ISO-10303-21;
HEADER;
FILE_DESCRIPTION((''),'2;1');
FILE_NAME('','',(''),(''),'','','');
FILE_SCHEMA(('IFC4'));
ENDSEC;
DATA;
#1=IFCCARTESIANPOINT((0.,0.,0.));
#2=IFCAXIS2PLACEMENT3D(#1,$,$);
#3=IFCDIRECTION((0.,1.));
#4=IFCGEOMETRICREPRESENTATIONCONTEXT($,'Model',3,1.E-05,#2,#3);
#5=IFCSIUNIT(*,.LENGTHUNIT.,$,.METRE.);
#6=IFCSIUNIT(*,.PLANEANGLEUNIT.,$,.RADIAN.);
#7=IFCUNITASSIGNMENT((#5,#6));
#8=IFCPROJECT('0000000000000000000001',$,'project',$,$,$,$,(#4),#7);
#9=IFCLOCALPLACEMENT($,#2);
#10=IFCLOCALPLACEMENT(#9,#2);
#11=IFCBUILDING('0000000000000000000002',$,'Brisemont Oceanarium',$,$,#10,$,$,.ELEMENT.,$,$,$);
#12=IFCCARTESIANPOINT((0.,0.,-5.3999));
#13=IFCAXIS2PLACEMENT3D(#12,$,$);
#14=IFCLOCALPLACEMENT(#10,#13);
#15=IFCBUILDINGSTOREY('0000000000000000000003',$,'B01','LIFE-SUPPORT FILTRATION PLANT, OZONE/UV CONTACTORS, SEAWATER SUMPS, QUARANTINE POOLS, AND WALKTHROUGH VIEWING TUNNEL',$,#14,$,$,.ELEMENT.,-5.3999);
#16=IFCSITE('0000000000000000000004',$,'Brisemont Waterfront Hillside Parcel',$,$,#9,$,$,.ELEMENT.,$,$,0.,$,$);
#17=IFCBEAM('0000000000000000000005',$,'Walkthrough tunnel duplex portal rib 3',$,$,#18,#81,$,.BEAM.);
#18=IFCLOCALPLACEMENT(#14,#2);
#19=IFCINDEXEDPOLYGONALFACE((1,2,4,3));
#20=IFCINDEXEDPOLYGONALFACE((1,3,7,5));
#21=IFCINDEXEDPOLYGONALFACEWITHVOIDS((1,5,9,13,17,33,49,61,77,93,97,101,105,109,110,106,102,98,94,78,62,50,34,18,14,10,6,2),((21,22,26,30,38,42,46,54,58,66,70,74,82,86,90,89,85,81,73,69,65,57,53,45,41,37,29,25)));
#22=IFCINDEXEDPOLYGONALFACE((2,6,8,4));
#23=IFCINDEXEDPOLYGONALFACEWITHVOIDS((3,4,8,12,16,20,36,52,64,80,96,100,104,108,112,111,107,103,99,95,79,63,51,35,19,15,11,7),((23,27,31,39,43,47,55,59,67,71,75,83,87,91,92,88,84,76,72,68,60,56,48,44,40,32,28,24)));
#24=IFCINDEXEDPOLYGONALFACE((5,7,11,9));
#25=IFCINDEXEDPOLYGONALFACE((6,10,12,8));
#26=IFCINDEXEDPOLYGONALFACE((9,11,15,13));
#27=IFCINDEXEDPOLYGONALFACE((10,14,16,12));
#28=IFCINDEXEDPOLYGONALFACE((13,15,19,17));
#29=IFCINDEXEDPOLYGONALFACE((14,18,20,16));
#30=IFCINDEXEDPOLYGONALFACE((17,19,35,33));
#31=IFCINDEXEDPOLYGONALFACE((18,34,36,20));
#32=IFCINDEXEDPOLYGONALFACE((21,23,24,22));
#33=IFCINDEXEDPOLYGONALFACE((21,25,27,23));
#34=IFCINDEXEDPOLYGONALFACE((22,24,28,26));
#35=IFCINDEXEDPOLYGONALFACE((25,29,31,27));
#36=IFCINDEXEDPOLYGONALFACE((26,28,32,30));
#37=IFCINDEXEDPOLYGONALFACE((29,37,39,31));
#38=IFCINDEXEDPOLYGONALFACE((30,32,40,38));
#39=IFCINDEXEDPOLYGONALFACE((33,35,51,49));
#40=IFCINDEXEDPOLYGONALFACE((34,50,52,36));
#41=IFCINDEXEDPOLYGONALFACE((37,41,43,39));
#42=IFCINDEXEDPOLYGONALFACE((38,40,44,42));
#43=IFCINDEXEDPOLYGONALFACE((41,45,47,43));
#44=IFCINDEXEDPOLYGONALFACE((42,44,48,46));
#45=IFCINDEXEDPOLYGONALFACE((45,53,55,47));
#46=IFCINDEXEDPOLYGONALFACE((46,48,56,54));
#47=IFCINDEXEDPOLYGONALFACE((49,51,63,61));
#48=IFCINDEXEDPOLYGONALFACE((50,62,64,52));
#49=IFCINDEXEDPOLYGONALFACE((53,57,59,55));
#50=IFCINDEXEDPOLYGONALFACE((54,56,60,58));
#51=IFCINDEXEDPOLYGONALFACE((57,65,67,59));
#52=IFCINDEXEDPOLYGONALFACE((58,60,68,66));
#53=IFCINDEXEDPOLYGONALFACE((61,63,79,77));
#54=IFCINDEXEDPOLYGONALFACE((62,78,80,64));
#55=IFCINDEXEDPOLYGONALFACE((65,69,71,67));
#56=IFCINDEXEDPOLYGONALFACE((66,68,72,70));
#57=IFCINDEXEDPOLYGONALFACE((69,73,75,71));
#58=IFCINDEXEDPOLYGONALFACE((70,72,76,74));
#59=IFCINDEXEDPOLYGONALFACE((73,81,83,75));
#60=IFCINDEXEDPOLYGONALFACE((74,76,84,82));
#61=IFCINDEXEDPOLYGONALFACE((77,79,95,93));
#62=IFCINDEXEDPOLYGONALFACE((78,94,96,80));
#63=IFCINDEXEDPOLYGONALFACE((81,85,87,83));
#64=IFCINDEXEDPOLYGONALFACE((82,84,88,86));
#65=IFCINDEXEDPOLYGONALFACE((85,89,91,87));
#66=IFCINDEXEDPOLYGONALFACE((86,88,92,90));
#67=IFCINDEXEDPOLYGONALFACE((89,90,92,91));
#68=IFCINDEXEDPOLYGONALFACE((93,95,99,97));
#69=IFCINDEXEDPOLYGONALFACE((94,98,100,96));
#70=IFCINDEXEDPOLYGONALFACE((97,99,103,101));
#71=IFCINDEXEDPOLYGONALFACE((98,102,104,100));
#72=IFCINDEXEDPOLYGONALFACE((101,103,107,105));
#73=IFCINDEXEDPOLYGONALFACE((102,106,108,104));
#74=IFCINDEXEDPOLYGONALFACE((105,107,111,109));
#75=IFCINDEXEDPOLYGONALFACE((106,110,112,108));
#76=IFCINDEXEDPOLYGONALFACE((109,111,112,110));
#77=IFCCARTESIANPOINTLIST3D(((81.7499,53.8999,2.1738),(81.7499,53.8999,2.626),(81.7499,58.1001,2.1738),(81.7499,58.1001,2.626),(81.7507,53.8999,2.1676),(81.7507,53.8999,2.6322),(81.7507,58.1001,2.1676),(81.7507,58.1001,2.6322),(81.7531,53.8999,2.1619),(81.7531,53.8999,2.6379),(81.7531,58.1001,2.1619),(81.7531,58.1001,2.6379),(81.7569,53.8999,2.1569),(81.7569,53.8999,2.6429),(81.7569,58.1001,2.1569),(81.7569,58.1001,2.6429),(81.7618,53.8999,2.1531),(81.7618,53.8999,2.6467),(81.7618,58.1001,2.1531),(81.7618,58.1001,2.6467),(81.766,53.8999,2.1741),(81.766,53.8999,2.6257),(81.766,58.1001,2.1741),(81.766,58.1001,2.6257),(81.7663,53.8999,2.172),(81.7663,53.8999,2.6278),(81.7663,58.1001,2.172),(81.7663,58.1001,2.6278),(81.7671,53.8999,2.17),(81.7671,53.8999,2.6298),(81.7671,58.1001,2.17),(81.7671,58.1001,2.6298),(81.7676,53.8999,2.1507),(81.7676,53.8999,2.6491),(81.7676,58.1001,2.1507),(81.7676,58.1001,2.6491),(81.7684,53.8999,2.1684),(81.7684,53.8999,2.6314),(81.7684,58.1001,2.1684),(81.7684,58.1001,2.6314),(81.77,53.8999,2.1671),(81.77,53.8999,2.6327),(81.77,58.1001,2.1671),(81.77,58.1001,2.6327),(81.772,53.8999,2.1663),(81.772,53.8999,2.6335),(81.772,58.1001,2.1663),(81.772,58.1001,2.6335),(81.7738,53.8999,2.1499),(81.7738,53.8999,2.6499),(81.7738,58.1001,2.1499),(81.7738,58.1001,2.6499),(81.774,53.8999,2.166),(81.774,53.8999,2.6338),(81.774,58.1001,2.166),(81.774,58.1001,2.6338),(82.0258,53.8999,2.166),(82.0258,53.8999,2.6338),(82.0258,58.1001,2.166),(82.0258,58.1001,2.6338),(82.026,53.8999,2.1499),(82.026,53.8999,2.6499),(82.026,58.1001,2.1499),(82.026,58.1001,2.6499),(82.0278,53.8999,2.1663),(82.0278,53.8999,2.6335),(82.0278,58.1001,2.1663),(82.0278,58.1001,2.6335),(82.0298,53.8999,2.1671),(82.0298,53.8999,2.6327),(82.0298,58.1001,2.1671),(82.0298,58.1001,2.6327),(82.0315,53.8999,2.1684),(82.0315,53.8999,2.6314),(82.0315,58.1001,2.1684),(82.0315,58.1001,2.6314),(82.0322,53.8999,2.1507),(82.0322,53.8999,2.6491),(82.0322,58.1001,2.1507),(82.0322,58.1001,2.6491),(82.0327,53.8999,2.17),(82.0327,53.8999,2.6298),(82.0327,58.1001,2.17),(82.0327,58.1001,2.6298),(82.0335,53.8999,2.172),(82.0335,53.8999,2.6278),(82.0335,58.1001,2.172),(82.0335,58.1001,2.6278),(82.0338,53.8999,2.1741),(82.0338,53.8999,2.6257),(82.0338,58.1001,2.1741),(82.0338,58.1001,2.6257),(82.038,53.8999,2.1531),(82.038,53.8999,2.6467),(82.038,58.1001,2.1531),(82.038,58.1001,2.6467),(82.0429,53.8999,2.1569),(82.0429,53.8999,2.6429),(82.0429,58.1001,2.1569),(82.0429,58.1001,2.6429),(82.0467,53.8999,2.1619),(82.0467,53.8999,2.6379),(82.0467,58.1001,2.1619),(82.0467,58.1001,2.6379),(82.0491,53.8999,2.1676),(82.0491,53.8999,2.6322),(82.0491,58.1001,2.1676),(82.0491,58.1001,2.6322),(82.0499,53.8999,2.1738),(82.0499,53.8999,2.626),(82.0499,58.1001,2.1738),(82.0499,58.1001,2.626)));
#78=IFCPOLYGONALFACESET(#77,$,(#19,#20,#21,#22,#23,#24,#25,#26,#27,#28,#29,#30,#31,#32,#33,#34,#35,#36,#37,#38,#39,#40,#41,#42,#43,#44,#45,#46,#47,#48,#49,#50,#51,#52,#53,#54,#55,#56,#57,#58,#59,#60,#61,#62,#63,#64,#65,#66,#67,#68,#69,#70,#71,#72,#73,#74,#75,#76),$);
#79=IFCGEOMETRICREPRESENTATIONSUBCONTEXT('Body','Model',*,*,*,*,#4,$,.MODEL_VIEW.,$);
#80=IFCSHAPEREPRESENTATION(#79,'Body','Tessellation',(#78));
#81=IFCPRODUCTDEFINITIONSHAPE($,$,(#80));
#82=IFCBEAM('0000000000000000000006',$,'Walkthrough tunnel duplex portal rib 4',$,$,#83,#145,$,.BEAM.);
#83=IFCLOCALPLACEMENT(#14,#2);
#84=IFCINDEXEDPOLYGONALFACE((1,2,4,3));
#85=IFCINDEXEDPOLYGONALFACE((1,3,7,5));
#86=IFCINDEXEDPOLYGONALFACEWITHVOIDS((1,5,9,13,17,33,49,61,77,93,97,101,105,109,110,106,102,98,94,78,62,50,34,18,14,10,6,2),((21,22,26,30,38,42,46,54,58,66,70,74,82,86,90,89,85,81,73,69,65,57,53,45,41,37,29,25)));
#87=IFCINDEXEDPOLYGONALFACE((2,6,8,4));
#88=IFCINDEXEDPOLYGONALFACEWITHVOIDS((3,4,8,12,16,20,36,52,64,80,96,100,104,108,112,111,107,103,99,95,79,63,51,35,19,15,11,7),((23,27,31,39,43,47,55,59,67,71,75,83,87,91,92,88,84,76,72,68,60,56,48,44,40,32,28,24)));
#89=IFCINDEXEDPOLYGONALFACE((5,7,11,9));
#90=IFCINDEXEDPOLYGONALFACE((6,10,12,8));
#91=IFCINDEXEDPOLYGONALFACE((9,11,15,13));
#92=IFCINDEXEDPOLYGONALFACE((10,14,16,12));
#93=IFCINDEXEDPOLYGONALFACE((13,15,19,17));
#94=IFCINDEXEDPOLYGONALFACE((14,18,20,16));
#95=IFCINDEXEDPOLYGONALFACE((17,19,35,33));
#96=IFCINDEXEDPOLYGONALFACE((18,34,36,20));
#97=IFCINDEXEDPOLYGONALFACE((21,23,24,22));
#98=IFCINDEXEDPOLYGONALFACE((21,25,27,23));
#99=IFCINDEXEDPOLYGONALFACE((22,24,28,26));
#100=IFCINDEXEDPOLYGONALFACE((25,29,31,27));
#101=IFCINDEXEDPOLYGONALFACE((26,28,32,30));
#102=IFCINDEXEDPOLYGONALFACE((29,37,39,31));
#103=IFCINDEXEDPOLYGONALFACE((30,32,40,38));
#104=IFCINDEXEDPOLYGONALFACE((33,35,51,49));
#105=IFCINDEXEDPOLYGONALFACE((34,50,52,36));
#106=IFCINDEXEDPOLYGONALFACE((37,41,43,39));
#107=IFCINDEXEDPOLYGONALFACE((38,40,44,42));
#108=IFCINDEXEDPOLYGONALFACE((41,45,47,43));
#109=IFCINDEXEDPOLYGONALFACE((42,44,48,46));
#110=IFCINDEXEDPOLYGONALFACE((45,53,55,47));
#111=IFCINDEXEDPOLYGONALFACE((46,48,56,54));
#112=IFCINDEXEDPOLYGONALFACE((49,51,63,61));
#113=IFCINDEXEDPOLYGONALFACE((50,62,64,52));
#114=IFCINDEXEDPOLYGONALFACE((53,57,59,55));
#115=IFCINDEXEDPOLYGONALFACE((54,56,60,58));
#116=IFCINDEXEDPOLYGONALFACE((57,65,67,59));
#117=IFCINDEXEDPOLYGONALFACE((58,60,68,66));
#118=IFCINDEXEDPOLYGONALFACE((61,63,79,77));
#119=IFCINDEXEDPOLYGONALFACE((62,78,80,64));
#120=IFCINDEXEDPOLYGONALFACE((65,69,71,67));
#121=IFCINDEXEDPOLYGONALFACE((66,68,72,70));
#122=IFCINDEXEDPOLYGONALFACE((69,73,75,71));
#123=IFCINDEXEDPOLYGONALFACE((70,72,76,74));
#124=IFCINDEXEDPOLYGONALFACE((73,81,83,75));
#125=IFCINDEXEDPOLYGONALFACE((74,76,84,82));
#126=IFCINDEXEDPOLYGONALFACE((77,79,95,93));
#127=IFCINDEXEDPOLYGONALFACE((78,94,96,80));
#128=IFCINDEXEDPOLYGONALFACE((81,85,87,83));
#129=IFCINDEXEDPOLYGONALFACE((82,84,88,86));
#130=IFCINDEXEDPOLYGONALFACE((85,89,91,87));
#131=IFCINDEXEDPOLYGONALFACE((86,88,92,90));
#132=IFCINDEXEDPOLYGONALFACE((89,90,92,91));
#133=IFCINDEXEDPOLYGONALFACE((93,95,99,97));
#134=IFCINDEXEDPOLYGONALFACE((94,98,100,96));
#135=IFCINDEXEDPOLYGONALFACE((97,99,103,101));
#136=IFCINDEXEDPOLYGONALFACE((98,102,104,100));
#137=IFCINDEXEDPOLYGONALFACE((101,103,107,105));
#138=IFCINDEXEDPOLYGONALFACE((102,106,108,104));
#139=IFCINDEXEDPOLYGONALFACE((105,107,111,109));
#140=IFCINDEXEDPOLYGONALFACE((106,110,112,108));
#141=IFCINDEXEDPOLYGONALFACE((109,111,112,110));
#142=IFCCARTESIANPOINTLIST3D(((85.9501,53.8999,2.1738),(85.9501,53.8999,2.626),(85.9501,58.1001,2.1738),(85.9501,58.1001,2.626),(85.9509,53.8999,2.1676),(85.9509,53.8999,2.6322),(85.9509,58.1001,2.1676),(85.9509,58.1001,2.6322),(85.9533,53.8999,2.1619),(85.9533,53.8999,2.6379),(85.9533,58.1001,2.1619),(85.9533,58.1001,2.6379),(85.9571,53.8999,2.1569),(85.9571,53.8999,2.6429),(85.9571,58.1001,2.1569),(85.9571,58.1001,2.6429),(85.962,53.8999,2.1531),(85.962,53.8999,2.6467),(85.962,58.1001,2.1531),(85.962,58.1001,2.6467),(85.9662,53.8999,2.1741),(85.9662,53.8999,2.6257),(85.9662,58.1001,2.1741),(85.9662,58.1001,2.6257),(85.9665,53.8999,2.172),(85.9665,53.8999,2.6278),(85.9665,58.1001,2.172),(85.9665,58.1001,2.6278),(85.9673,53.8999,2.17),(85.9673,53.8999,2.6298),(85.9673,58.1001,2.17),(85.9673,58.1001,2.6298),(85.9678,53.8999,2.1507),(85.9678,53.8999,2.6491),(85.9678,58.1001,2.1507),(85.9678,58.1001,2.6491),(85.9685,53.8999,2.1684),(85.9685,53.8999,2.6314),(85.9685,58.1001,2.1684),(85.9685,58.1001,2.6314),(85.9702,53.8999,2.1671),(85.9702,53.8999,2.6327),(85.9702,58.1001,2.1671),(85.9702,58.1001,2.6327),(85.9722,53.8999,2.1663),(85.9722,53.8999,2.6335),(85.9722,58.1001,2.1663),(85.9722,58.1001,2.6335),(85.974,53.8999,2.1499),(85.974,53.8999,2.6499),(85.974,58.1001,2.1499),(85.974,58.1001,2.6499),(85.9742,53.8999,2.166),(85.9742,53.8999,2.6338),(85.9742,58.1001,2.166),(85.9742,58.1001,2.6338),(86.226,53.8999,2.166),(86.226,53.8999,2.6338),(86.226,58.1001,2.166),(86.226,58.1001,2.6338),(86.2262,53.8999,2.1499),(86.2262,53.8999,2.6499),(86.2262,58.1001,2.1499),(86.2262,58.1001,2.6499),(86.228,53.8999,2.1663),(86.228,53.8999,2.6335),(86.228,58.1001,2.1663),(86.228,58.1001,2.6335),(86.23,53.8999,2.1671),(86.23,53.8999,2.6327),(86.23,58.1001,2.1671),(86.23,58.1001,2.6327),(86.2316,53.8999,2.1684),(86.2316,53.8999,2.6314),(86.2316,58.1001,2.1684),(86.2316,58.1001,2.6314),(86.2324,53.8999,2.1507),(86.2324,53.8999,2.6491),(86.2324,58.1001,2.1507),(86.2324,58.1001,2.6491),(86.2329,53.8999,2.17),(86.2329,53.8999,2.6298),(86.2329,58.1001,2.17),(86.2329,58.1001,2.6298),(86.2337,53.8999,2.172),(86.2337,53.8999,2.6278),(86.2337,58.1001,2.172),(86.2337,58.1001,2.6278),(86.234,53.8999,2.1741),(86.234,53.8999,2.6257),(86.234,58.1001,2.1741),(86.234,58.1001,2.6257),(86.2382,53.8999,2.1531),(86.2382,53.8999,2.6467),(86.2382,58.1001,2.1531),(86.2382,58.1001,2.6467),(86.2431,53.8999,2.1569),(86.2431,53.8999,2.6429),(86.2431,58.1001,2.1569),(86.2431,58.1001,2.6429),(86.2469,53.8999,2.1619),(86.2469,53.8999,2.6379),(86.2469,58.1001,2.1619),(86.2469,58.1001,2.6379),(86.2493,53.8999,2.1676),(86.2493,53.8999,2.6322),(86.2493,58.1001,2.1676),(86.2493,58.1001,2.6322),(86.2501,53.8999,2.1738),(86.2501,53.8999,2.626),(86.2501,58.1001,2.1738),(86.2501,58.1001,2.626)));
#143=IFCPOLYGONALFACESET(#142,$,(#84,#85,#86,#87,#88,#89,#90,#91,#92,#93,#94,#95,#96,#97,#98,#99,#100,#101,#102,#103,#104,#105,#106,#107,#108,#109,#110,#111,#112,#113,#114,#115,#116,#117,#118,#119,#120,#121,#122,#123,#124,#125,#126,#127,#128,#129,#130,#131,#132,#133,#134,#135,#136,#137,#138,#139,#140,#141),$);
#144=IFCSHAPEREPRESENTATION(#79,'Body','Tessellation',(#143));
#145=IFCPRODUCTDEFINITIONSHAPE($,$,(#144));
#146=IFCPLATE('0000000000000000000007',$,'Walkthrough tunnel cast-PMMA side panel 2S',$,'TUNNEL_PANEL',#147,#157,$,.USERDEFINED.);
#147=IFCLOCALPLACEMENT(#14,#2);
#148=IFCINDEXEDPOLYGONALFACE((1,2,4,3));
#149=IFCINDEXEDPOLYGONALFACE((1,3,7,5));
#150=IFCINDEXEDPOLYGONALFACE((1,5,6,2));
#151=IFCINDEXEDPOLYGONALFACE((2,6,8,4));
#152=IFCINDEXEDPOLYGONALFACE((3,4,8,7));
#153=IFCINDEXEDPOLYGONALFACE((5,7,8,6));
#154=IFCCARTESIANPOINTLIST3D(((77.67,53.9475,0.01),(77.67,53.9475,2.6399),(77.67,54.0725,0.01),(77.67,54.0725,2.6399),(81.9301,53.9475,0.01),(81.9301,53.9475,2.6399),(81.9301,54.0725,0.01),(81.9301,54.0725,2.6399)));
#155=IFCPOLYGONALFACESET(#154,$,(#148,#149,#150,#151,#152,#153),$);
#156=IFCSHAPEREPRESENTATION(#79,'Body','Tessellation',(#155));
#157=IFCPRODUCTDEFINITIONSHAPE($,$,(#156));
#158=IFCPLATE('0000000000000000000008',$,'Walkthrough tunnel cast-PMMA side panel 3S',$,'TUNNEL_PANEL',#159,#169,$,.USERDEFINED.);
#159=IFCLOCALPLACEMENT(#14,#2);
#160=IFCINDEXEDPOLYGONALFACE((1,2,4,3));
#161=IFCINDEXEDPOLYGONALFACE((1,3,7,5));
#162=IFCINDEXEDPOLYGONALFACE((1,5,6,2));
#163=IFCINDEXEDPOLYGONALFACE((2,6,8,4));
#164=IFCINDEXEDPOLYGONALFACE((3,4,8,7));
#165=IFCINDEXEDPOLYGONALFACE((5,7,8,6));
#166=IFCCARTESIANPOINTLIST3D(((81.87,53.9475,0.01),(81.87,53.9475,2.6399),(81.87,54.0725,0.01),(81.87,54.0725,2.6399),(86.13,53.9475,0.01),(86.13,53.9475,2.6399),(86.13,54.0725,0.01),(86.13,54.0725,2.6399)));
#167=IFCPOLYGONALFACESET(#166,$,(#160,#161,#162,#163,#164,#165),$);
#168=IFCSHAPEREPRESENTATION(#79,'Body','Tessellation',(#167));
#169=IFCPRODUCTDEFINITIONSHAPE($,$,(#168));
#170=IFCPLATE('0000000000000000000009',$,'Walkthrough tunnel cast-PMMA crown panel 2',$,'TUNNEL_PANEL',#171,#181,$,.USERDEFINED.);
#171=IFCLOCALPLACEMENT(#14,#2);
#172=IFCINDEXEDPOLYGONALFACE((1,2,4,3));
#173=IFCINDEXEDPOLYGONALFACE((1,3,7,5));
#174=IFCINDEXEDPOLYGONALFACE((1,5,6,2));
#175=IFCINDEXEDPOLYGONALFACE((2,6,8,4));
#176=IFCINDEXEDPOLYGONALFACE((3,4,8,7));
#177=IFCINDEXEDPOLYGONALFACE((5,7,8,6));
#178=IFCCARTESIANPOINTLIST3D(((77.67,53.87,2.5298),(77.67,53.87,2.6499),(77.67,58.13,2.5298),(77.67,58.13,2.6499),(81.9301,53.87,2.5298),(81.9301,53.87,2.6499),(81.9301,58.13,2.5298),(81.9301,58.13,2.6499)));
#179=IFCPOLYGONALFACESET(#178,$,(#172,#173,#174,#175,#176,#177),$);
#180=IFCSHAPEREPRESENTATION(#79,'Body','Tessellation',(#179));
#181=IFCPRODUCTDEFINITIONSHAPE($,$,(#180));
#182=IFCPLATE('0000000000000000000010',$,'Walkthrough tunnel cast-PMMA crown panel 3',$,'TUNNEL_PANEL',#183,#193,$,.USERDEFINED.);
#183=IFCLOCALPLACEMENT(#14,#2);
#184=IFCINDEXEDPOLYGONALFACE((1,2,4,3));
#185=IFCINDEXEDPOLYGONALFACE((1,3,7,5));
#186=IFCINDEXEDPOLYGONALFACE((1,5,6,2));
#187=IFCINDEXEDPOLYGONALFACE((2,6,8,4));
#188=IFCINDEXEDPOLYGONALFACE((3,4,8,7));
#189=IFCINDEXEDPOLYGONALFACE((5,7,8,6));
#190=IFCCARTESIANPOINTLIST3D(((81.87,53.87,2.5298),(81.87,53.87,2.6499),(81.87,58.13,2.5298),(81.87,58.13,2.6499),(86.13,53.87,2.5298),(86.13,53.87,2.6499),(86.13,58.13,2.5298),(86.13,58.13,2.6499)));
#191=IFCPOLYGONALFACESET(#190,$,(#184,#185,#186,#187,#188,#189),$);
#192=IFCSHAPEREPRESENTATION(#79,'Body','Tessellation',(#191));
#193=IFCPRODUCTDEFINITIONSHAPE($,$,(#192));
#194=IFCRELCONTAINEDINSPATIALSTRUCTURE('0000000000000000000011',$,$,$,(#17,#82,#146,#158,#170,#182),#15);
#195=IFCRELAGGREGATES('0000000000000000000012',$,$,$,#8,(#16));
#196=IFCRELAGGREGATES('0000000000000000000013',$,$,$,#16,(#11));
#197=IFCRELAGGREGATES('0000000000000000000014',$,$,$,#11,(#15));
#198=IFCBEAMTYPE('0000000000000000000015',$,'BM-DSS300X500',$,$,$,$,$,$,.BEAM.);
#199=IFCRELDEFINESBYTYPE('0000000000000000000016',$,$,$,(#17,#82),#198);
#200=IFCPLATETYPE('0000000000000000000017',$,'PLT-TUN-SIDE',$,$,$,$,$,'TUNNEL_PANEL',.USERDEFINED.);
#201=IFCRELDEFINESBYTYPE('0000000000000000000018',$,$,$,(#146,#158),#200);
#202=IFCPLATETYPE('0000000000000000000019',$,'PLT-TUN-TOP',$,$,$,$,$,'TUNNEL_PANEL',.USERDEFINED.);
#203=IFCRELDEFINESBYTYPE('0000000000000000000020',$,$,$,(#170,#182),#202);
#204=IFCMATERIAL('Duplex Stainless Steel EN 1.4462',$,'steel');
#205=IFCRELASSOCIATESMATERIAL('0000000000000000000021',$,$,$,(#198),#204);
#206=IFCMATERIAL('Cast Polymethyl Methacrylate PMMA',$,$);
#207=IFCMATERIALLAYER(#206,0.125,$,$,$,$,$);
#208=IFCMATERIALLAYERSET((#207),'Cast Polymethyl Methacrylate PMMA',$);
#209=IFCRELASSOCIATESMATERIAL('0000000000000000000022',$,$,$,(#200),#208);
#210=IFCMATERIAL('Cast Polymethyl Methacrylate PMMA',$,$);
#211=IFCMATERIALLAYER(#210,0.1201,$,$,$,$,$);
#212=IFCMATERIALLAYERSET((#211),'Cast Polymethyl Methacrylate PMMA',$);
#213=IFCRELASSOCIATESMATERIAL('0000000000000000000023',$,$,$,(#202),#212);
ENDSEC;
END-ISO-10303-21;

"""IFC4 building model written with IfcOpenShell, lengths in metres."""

from ifc_helpers import new_model, si_unit, direction, frame, origin, origin_2d, place, context, subcontext, project, spatial, rectangle, hollow_rectangle, extrude, material, layer, layer_set, material_profile, profile_set, type_object, element, save


model = new_model("IFC4")

# Units and contexts
model_context = context("Model", 3, precision=1e-05, world=origin(), true_north=direction((0.0, 1.0)))
body_context = subcontext(model_context, "Body", "Model", "MODEL_VIEW")
ifc_project = project(units=[si_unit("LENGTHUNIT", "METRE"), si_unit("PLANEANGLEUNIT", "RADIAN")], contexts=[model_context])

# Site, building, storey
site_placement = place(None, origin())
site = spatial("IfcSite", under=ifc_project, at=site_placement, Name="Brisemont Waterfront Hillside Parcel", CompositionType="ELEMENT", RefElevation=0.0)
building_placement = place(site_placement, origin())
building = spatial("IfcBuilding", under=site, at=building_placement, Name="Brisemont Oceanarium", CompositionType="ELEMENT")
storey_placement = place(building_placement, frame((0.0, 0.0, -5.3999)))
storey = spatial("IfcBuildingStorey", under=building, at=storey_placement, Name="B01", Description="LIFE-SUPPORT FILTRATION PLANT, OZONE/UV CONTACTORS, SEAWATER SUMPS, QUARANTINE POOLS, AND WALKTHROUGH VIEWING TUNNEL", CompositionType="ELEMENT", Elevation=-5.3999)

# Beams
ifc_material_1 = material(Name="Duplex Stainless Steel EN 1.4462", Category="steel")
ifc_material_profile_1 = material_profile(ifc_material_1, hollow_rectangle(XDim=0.3, YDim=0.5, WallThickness=0.0161, InnerFilletRadius=0.0081, OuterFilletRadius=0.0239, at=origin_2d()), Name="DSS-300X500")
ifc_profile_set_1 = profile_set([ifc_material_profile_1], Name="Duplex Stainless Steel EN 1.4462")
beam_type = type_object("IfcBeamType", Name="BM-DSS300X500", PredefinedType="BEAM", material=ifc_profile_set_1)
for number, where, z_axis, x_axis, name in (
    (1, (81.8999, 53.8999, 2.3999), (0.0, 1.0, 0.0), (-1.0, 0.0, 0.0), "Walkthrough tunnel duplex portal rib 3"),
    (2, (86.1001, 53.8999, 2.3999), (0.0, 1.0, 0.0), (-1.0, 0.0, 0.0), "Walkthrough tunnel duplex portal rib 4"),
):
    element("IfcBeam", number, at=place(storey_placement, frame(where, z_axis=z_axis, x_axis=x_axis)), inside=storey, type_object=beam_type, Name=name, PredefinedType="BEAM", context=body_context, shape_type="SweptSolid", body=[
        extrude(hollow_rectangle(XDim=0.3, YDim=0.5, WallThickness=0.0161, InnerFilletRadius=0.0081, OuterFilletRadius=0.0239, at=origin_2d()), origin(), (0.0, 0.0, 1.0), 4.2002),
    ])

# Plates
ifc_material_2 = material(Name="Cast Polymethyl Methacrylate PMMA")
ifc_layer_1 = layer(ifc_material_2, 0.125)
ifc_layer_set_1 = layer_set([ifc_layer_1], Name="Cast Polymethyl Methacrylate PMMA")
plate_type_1 = type_object("IfcPlateType", Name="PLT-TUN-SIDE", ElementType="TUNNEL_PANEL", PredefinedType="USERDEFINED", material=ifc_layer_set_1)
for number, where, z_axis, x_axis, name in (
    (3, (79.8, 54.01, 0.01), (0.0, 0.0, 1.0), (1.0, 0.0, 0.0), "Walkthrough tunnel cast-PMMA side panel 2S"),
    (4, (84.0, 54.01, 0.01), (0.0, 0.0, 1.0), (1.0, 0.0, 0.0), "Walkthrough tunnel cast-PMMA side panel 3S"),
):
    element("IfcPlate", number, at=place(storey_placement, frame(where, z_axis=z_axis, x_axis=x_axis)), inside=storey, type_object=plate_type_1, Name=name, ObjectType="TUNNEL_PANEL", PredefinedType="USERDEFINED", context=body_context, shape_type="SweptSolid", body=[
        extrude(rectangle(XDim=4.26, YDim=0.125, at=origin_2d()), origin(), (0.0, 0.0, 1.0), 2.6299),
    ])
ifc_material_3 = material(Name="Cast Polymethyl Methacrylate PMMA")
ifc_layer_2 = layer(ifc_material_3, 0.1201)
ifc_layer_set_2 = layer_set([ifc_layer_2], Name="Cast Polymethyl Methacrylate PMMA")
plate_type_2 = type_object("IfcPlateType", Name="PLT-TUN-TOP", ElementType="TUNNEL_PANEL", PredefinedType="USERDEFINED", material=ifc_layer_set_2)
for number, where, z_axis, x_axis, name in (
    (5, (79.8, 56.0, 2.5298), (0.0, 0.0, 1.0), (1.0, 0.0, 0.0), "Walkthrough tunnel cast-PMMA crown panel 2"),
    (6, (84.0, 56.0, 2.5298), (0.0, 0.0, 1.0), (1.0, 0.0, 0.0), "Walkthrough tunnel cast-PMMA crown panel 3"),
):
    element("IfcPlate", number, at=place(storey_placement, frame(where, z_axis=z_axis, x_axis=x_axis)), inside=storey, type_object=plate_type_2, Name=name, ObjectType="TUNNEL_PANEL", PredefinedType="USERDEFINED", context=body_context, shape_type="SweptSolid", body=[
        extrude(rectangle(XDim=4.26, YDim=4.26, at=origin_2d()), origin(), (0.0, 0.0, 1.0), 0.1201),
    ])

save(model, "model.ifc")
